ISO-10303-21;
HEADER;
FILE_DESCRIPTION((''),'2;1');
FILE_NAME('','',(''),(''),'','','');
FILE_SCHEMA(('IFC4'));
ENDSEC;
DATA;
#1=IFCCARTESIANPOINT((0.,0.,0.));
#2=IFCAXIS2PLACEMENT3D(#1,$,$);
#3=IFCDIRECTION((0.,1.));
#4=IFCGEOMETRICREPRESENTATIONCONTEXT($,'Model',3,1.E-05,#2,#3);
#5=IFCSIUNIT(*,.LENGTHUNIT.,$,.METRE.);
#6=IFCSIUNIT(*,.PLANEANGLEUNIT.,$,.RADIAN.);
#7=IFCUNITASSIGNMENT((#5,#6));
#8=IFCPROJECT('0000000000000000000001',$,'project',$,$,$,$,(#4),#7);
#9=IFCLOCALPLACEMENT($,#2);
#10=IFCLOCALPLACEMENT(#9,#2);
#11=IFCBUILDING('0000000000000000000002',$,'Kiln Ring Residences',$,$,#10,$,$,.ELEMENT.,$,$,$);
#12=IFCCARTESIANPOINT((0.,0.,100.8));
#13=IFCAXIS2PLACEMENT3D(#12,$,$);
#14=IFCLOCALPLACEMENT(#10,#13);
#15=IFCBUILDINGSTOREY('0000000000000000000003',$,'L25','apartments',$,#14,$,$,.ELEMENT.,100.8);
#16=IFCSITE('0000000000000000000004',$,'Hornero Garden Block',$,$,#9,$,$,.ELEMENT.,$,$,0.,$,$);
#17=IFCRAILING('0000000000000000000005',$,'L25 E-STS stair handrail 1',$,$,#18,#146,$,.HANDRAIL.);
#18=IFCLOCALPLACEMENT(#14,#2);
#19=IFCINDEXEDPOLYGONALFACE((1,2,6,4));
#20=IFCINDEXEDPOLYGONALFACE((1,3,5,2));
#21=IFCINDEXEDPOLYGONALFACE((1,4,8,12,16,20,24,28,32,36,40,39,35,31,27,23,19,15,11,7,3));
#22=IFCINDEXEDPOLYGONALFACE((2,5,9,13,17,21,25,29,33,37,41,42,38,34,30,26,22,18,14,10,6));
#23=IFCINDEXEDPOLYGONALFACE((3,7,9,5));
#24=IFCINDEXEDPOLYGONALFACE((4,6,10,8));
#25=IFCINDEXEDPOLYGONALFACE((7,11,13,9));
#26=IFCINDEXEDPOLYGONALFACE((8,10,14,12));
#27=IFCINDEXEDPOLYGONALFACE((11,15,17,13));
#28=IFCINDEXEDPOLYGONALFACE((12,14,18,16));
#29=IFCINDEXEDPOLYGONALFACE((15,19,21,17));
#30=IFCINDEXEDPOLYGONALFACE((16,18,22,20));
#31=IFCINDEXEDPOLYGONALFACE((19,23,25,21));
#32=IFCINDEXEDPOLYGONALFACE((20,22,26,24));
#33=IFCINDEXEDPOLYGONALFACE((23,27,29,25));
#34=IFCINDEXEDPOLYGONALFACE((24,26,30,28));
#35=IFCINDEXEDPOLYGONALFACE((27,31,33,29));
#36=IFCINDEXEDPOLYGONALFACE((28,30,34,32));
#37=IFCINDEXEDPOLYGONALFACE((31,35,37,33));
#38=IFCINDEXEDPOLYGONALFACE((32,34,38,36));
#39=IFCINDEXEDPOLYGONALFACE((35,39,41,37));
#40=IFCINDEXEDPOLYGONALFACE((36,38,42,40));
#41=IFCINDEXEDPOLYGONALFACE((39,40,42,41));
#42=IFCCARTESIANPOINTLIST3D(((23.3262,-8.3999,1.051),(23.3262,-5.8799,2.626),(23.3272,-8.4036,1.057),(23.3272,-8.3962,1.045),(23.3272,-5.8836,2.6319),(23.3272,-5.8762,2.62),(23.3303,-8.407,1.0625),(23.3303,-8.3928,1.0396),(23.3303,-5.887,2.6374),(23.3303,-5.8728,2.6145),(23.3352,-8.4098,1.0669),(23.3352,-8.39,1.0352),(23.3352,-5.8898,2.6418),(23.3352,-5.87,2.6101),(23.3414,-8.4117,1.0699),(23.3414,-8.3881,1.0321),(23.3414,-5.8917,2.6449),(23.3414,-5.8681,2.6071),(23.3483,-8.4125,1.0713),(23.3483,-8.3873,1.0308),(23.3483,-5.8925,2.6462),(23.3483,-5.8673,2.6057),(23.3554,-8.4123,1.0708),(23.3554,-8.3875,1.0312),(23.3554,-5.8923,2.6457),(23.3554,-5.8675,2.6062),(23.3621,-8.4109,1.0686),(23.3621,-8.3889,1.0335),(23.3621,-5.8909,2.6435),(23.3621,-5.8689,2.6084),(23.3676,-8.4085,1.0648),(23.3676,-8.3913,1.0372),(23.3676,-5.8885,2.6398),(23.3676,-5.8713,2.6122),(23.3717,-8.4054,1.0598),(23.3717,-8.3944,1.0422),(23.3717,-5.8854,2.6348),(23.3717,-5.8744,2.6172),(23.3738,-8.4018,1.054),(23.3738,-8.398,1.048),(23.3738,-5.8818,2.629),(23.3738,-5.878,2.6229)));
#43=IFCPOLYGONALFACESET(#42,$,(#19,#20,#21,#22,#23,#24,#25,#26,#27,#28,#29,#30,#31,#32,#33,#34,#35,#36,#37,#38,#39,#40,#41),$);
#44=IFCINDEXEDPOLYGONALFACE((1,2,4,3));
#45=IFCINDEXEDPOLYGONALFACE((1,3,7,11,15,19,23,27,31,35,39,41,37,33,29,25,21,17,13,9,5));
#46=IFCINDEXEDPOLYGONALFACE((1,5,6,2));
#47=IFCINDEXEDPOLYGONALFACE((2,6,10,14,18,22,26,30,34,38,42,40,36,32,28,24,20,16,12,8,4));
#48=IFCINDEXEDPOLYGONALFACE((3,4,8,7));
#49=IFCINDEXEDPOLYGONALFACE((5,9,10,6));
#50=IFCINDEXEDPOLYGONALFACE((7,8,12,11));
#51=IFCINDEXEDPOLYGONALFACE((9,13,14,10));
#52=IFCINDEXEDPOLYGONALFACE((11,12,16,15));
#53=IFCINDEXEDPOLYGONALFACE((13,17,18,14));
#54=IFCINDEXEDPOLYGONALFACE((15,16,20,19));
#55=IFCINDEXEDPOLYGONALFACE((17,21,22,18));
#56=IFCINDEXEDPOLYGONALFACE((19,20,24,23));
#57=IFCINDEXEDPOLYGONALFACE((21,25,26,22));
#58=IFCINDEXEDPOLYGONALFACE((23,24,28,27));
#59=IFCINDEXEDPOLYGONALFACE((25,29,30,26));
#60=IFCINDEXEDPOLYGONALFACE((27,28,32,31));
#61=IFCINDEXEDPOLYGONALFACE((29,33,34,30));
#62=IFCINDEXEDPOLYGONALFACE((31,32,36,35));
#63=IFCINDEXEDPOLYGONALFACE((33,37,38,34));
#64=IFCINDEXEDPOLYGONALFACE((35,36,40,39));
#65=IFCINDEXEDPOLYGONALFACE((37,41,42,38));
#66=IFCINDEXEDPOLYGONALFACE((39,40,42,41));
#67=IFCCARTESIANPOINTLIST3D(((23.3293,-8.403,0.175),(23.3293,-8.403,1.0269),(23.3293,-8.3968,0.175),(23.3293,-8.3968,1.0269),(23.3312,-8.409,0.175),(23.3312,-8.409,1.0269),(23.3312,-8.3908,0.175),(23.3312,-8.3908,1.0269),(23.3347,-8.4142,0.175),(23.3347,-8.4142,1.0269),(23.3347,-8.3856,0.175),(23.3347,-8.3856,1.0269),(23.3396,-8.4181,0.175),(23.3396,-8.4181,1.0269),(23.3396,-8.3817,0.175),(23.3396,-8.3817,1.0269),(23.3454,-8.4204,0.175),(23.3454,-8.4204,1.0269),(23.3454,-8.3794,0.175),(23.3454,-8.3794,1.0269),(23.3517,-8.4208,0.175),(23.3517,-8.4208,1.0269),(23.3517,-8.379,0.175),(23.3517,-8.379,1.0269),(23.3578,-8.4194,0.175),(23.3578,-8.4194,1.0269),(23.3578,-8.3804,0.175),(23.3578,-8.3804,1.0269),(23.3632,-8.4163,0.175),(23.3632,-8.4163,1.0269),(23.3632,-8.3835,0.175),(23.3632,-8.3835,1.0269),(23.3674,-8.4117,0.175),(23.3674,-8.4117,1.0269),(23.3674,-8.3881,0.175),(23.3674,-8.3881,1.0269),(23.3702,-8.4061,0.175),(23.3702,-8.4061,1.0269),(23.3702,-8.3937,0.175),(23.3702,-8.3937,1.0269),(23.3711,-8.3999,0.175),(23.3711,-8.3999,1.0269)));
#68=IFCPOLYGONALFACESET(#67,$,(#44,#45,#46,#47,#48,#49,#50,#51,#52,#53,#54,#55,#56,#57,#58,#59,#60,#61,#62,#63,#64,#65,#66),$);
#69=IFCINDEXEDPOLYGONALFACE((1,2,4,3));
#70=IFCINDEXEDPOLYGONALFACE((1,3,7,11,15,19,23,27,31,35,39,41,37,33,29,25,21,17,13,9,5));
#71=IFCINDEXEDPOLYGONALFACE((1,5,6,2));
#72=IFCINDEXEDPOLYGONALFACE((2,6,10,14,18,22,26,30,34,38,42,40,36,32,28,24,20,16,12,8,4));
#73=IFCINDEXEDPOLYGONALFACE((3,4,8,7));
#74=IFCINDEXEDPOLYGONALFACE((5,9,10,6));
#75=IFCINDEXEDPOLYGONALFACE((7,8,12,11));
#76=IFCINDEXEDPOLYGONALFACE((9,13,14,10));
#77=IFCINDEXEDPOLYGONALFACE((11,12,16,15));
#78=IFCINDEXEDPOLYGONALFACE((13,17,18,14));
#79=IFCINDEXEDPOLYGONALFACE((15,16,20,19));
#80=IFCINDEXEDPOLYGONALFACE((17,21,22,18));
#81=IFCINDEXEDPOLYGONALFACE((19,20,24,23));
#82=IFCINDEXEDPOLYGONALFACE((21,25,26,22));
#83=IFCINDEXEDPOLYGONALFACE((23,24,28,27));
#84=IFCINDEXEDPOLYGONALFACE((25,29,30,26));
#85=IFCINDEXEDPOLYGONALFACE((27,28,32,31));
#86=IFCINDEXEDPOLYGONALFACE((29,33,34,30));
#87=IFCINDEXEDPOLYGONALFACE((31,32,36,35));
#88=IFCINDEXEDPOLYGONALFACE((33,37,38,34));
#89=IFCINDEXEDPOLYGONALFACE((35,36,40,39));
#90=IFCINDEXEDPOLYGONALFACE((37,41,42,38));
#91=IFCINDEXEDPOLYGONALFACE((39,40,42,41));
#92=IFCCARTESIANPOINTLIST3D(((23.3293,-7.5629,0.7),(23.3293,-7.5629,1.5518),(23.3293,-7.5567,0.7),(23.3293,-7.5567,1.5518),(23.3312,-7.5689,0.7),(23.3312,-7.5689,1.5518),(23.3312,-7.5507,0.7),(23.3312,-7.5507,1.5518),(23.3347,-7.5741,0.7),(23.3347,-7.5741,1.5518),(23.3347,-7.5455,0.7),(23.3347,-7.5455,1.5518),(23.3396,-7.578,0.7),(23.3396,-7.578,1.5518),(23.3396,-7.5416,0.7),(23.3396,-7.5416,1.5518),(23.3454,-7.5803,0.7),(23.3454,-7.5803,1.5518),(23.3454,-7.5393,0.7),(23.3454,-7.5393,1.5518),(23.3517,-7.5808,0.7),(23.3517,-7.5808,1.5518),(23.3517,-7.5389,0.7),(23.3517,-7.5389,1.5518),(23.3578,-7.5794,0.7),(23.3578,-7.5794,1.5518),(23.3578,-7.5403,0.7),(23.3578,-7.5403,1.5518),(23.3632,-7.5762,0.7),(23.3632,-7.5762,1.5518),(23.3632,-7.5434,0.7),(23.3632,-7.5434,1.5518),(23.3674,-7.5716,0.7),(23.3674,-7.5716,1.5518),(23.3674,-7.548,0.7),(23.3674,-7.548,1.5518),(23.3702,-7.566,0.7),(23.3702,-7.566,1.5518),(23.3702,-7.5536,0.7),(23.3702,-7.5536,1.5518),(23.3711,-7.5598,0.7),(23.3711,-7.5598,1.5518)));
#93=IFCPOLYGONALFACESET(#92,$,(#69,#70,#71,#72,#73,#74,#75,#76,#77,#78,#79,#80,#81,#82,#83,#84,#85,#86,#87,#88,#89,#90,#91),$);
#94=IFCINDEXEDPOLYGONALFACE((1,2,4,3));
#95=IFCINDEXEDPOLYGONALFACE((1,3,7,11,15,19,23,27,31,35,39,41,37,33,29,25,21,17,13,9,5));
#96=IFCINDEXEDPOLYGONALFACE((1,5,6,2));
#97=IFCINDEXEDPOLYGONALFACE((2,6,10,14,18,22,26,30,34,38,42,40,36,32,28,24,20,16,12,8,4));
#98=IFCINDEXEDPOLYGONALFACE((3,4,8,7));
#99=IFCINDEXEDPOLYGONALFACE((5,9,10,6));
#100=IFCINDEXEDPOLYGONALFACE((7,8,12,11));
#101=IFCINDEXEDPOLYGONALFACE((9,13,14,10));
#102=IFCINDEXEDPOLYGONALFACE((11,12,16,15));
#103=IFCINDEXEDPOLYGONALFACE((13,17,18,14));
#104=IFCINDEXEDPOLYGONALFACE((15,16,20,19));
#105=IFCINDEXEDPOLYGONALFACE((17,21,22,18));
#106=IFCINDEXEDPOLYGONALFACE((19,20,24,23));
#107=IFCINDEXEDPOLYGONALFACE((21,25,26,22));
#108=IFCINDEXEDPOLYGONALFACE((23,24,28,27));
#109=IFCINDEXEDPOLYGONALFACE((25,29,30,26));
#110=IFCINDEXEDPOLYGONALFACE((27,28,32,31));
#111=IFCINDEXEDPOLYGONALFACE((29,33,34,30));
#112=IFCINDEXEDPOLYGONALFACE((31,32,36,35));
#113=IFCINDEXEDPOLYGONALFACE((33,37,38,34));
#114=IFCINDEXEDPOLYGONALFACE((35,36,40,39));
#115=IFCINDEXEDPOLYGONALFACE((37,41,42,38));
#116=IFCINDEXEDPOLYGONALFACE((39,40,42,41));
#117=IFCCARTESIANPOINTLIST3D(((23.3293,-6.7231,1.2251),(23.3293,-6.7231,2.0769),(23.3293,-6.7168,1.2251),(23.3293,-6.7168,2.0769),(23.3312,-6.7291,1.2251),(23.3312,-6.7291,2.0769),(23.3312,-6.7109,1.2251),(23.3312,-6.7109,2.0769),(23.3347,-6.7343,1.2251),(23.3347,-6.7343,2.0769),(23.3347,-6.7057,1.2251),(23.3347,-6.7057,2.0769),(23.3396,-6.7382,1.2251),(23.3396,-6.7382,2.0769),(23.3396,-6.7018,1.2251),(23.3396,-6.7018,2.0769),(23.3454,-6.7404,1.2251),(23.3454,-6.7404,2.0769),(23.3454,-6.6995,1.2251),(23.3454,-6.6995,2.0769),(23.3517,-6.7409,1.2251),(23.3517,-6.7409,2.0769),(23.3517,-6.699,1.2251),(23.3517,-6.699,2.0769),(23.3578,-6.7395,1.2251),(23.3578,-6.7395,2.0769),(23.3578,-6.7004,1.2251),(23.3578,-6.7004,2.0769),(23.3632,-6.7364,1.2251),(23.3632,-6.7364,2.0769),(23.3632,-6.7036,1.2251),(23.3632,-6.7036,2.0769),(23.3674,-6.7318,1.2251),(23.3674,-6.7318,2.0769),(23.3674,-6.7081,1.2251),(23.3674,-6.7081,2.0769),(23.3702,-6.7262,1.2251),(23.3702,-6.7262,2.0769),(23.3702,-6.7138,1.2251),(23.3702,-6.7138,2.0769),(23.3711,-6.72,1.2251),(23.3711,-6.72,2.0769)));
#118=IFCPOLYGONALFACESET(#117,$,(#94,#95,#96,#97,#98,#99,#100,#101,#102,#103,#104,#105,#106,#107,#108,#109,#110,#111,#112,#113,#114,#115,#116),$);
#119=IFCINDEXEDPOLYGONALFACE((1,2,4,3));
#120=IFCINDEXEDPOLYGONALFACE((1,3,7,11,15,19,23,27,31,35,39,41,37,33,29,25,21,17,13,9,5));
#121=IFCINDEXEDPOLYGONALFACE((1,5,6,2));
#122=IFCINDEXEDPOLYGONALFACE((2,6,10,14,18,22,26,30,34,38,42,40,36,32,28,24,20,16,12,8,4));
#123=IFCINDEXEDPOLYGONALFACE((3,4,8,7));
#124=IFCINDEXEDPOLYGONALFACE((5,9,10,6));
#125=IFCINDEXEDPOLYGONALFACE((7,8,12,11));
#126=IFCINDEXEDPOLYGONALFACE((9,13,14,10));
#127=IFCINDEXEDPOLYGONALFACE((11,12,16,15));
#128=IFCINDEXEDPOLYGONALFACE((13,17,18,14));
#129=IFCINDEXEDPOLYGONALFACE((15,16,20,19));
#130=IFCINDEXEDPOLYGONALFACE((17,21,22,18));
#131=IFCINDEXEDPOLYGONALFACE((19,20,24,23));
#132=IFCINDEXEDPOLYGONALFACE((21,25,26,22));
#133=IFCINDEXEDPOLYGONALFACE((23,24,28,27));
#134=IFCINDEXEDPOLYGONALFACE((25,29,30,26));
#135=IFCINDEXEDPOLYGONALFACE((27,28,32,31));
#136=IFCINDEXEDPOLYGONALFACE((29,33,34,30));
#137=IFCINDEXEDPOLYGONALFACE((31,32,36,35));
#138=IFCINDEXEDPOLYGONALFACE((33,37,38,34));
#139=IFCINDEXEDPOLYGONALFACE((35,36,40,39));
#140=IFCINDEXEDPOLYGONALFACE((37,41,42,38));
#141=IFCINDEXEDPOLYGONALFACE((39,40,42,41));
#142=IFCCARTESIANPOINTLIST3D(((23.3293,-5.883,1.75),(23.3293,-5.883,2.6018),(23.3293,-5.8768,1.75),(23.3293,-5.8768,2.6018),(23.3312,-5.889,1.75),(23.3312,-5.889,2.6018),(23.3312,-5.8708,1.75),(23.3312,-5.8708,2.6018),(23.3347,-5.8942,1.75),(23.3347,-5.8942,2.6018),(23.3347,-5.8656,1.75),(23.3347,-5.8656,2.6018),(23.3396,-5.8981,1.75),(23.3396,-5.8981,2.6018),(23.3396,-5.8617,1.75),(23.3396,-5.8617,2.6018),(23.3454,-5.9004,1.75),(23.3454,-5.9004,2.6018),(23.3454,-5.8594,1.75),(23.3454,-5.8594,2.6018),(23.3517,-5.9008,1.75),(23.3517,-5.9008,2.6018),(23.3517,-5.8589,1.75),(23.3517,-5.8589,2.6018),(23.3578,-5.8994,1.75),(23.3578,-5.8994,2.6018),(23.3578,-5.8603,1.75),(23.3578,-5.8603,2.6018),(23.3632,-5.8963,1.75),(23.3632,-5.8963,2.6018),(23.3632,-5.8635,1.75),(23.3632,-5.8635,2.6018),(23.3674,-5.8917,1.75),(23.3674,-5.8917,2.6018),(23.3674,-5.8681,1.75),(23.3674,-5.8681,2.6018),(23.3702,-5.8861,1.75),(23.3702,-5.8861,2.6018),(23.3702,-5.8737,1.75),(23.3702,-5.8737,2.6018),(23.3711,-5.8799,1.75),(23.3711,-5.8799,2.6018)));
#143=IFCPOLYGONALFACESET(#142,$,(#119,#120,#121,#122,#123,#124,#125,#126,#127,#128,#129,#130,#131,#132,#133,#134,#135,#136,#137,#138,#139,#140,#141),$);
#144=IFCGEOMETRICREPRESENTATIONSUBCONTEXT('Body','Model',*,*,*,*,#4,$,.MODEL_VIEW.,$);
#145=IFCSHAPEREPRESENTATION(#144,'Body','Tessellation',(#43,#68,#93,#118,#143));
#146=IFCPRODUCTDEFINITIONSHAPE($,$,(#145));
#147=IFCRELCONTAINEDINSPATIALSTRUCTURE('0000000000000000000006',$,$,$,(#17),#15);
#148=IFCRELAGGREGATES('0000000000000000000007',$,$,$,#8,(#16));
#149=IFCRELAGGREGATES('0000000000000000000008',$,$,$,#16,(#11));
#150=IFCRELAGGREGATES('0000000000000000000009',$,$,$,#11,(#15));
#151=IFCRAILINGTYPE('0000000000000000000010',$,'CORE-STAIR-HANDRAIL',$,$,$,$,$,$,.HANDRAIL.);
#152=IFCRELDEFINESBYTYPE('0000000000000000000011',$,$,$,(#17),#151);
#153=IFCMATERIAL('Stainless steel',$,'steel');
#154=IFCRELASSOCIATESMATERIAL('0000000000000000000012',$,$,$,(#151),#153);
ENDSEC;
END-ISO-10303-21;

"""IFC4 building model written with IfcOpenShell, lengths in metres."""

from ifc_helpers import new_model, si_unit, direction, frame, origin, origin_2d, place, context, subcontext, project, spatial, circle, extrude, material, type_object, element, save


model = new_model("IFC4")

# Units and contexts
model_context = context("Model", 3, precision=1e-05, world=origin(), true_north=direction((0.0, 1.0)))
body_context = subcontext(model_context, "Body", "Model", "MODEL_VIEW")
ifc_project = project(units=[si_unit("LENGTHUNIT", "METRE"), si_unit("PLANEANGLEUNIT", "RADIAN")], contexts=[model_context])

# Site, building, storey
site_placement = place(None, origin())
site = spatial("IfcSite", under=ifc_project, at=site_placement, Name="Hornero Garden Block", CompositionType="ELEMENT", RefElevation=0.0)
building_placement = place(site_placement, origin())
building = spatial("IfcBuilding", under=site, at=building_placement, Name="Kiln Ring Residences", CompositionType="ELEMENT")
storey_placement = place(building_placement, frame((0.0, 0.0, 100.8)))
storey = spatial("IfcBuildingStorey", under=building, at=storey_placement, Name="L25", Description="apartments", CompositionType="ELEMENT", Elevation=100.8)

# Railing
ifc_material_1 = material(Name="Stainless steel", Category="steel")
railing_type_1 = type_object("IfcRailingType", Name="CORE-STAIR-HANDRAIL", PredefinedType="HANDRAIL", material=ifc_material_1)
railing_1_placement = place(storey_placement, frame((23.3501, -8.3999, 0.175)))
element("IfcRailing", 1, at=railing_1_placement, inside=storey, type_object=railing_type_1, Name="L25 E-STS stair handrail 1", PredefinedType="HANDRAIL", context=body_context, shape_type="SweptSolid", body=[
    extrude(circle(Radius=0.0239, at=origin_2d()), frame((0.0, 0.0, 0.876), z_axis=(0.0, 0.848008, 0.529984), x_axis=(-1.0, 0.0, 0.0)), (0.0, 0.0, 1.0), 2.9717),
    extrude(circle(Radius=0.021, at=origin_2d()), origin(), (0.0, 0.0, 1.0), 0.8518),
    extrude(circle(Radius=0.021, at=origin_2d()), frame((0.0, 0.8401, 0.5249)), (0.0, 0.0, 1.0), 0.8518),
    extrude(circle(Radius=0.021, at=origin_2d()), frame((0.0, 1.6799, 1.05)), (0.0, 0.0, 1.0), 0.8518),
    extrude(circle(Radius=0.021, at=origin_2d()), frame((0.0, 2.52, 1.575)), (0.0, 0.0, 1.0), 0.8518),
])

save(model, "model.ifc")
